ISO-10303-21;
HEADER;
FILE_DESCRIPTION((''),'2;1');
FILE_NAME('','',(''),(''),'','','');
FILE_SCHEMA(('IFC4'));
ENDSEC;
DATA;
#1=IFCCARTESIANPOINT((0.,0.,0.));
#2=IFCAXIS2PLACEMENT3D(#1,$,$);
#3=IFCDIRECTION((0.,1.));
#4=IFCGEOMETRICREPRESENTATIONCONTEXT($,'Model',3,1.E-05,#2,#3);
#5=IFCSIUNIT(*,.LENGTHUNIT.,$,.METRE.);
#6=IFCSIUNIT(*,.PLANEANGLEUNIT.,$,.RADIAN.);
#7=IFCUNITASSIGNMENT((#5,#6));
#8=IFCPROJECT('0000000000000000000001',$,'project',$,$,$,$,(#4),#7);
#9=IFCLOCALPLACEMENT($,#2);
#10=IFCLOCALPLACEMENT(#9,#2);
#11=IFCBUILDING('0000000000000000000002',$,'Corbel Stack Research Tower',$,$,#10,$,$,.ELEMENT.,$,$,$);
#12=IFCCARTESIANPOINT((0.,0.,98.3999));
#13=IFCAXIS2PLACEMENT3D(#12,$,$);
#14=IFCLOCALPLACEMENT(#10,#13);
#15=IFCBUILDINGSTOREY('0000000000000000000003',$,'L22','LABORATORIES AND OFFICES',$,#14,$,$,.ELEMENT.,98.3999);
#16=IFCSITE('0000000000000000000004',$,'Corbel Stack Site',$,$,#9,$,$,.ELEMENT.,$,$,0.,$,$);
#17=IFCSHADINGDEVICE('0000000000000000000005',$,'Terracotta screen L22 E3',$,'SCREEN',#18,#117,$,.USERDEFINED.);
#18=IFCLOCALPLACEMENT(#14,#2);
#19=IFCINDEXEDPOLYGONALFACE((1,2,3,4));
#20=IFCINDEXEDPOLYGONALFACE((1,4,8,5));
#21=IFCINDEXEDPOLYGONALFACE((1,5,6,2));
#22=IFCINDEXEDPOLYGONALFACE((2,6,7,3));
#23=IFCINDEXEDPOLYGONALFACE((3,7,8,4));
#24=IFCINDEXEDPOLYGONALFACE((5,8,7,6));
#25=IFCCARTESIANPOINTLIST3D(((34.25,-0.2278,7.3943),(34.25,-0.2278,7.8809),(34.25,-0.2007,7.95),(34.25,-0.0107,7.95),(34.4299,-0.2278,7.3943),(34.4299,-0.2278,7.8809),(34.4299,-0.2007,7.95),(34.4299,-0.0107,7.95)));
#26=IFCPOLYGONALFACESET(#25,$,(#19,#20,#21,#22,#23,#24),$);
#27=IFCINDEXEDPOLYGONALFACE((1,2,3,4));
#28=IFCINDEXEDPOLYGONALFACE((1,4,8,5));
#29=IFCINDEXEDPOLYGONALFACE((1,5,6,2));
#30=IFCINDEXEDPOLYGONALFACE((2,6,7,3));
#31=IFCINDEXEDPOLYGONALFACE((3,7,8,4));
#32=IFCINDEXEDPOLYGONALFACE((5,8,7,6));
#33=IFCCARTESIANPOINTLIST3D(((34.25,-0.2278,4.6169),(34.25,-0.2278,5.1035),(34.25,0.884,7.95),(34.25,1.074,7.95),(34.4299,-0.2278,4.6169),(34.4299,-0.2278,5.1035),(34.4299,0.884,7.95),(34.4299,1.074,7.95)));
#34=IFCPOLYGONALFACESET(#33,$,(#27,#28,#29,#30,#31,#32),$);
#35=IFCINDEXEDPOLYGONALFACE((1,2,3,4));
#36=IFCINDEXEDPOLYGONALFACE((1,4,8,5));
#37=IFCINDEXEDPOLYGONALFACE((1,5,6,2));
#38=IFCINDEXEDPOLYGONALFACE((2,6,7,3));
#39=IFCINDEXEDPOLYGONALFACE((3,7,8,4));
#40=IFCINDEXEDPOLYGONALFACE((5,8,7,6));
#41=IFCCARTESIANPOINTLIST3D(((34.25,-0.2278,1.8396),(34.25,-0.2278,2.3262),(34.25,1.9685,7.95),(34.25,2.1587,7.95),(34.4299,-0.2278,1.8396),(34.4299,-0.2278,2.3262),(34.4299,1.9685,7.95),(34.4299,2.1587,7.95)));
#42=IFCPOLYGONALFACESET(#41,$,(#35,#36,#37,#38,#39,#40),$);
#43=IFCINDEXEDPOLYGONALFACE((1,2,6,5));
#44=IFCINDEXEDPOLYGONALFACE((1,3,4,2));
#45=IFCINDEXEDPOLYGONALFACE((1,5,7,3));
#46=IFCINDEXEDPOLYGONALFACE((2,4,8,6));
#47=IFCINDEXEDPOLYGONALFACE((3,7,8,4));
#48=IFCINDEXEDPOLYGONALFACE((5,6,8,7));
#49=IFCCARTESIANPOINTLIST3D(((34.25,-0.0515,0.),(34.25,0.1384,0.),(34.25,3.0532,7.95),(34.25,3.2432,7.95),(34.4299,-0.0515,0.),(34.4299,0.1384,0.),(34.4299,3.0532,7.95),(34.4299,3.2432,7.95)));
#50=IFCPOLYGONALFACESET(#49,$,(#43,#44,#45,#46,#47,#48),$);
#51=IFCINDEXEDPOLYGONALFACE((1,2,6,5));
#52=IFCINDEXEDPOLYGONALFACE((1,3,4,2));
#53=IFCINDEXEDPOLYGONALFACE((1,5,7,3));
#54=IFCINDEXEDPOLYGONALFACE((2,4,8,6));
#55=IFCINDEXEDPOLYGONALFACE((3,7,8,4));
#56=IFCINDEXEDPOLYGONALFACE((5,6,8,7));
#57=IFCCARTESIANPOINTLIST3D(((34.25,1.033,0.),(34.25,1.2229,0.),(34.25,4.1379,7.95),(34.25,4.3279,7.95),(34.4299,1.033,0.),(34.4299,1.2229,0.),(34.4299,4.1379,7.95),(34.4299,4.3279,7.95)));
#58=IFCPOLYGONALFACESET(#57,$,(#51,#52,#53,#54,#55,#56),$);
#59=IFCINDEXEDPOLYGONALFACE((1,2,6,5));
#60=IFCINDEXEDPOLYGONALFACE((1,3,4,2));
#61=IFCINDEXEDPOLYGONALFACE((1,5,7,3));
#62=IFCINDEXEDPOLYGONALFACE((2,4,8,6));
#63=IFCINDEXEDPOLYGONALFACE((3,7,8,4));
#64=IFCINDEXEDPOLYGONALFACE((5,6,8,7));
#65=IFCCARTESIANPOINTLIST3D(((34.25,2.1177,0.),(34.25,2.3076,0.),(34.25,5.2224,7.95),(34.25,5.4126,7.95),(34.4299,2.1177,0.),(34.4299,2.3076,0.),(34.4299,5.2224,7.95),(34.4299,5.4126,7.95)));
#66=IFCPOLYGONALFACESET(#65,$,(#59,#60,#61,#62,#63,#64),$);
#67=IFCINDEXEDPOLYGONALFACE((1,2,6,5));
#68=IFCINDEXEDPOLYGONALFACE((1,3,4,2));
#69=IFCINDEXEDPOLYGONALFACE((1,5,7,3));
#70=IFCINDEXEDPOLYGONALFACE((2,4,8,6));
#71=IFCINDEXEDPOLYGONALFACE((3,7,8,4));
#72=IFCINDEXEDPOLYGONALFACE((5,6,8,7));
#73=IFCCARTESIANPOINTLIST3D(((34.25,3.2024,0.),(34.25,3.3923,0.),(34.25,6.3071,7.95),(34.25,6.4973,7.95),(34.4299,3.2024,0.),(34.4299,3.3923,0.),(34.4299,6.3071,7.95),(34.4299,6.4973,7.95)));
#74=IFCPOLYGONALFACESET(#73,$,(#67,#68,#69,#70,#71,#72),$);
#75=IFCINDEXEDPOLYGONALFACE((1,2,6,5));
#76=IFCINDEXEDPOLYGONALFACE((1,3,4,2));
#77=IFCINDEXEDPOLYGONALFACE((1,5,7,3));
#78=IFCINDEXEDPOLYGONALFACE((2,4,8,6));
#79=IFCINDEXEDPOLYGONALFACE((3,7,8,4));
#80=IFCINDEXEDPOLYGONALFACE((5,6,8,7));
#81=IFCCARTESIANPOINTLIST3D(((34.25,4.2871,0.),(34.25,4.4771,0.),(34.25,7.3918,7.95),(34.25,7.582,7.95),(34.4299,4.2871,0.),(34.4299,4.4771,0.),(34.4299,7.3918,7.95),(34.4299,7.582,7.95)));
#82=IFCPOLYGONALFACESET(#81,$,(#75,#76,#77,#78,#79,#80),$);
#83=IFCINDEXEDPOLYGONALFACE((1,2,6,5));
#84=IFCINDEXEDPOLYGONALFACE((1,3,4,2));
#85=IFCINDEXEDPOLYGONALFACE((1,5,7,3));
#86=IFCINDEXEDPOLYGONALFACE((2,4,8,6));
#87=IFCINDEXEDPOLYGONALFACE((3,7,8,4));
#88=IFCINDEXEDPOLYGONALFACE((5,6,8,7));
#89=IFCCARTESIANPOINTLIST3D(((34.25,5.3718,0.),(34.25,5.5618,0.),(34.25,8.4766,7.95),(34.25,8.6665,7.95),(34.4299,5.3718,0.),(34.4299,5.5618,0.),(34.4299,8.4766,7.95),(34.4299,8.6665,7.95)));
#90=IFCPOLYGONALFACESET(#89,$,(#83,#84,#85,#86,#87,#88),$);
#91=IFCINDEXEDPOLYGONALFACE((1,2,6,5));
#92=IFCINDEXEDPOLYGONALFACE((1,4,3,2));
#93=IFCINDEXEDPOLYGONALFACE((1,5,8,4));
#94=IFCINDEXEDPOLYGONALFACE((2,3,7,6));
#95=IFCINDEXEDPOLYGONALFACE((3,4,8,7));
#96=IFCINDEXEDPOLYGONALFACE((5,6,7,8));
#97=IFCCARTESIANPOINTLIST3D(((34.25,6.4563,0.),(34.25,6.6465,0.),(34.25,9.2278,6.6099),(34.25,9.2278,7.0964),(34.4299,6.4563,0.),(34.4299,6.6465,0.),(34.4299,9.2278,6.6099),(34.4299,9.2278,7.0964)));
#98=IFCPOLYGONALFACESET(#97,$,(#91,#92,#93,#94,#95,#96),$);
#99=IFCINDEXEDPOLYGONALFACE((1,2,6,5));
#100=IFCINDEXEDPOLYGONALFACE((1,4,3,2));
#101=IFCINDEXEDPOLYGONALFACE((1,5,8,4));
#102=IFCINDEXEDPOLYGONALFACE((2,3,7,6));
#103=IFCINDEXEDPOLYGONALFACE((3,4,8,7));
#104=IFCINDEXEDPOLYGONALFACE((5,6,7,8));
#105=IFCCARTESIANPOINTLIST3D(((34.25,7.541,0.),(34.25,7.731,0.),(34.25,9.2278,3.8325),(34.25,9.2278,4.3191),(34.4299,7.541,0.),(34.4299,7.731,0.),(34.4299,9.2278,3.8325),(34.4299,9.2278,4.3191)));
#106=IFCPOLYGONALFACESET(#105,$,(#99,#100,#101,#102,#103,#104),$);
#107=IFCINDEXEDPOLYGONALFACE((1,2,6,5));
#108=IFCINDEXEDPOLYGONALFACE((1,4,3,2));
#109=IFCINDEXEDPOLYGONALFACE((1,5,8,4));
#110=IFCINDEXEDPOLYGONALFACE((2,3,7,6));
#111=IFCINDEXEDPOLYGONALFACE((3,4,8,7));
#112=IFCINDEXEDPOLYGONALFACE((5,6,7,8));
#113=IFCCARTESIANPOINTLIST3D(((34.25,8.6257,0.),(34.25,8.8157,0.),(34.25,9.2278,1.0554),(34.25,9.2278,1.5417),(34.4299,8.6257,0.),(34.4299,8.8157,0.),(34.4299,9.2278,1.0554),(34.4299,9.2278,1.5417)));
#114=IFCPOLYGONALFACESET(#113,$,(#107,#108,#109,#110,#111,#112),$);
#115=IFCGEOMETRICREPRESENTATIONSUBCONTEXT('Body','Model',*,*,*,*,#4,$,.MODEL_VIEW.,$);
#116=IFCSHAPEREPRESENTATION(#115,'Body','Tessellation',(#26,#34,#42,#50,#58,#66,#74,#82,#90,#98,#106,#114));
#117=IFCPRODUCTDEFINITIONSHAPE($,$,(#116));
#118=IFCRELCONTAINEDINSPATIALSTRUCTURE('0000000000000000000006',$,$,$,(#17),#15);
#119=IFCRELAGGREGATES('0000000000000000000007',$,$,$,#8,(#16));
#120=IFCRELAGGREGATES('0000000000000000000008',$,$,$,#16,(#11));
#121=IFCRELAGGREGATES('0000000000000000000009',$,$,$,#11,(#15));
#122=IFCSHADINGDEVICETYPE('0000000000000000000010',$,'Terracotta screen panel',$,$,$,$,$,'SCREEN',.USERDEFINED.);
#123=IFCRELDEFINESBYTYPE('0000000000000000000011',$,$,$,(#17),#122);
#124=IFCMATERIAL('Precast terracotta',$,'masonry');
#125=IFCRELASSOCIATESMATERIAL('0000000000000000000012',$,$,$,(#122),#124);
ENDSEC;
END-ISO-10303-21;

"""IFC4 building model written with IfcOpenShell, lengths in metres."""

from ifc_helpers import new_model, si_unit, direction, frame, origin, place, context, subcontext, project, spatial, polyline, outline, extrude, source, transform, mapped, material, type_object, element, save


model = new_model("IFC4")

# Units and contexts
model_context = context("Model", 3, precision=1e-05, world=origin(), true_north=direction((0.0, 1.0)))
body_context = subcontext(model_context, "Body", "Model", "MODEL_VIEW")
ifc_project = project(units=[si_unit("LENGTHUNIT", "METRE"), si_unit("PLANEANGLEUNIT", "RADIAN")], contexts=[model_context])

# Site, building, storey
site_placement = place(None, origin())
site = spatial("IfcSite", under=ifc_project, at=site_placement, Name="Corbel Stack Site", CompositionType="ELEMENT", RefElevation=0.0)
building_placement = place(site_placement, origin())
building = spatial("IfcBuilding", under=site, at=building_placement, Name="Corbel Stack Research Tower", CompositionType="ELEMENT")
storey_placement = place(building_placement, frame((0.0, 0.0, 98.3999)))
storey = spatial("IfcBuildingStorey", under=building, at=storey_placement, Name="L22", Description="LABORATORIES AND OFFICES", CompositionType="ELEMENT", Elevation=98.3999)

# Shading device
ifc_material_1 = material(Name="Precast terracotta", Category="masonry")
shading_device_type = type_object("IfcShadingDeviceType", Name="Terracotta screen panel", ElementType="SCREEN", PredefinedType="USERDEFINED", material=ifc_material_1)
shared_shape_1 = source(origin(), body_context, "Body", "SweptSolid", [
    extrude(outline(polyline([(0.217, 7.95), (0.0271, 7.95), (0.0, 7.8809), (0.0, 7.3943), (0.217, 7.95)])), frame((0.0, 0.0, 0.0), z_axis=(0.0, -1.0, 0.0), x_axis=(1.0, 0.0, 0.0)), (0.0, 0.0, 1.0), 0.1799),
    extrude(outline(polyline([(1.3018, 7.95), (1.1118, 7.95), (0.0, 5.1035), (0.0, 4.6169), (1.3018, 7.95)])), frame((0.0, 0.0, 0.0), z_axis=(0.0, -1.0, 0.0), x_axis=(1.0, 0.0, 0.0)), (0.0, 0.0, 1.0), 0.1799),
    extrude(outline(polyline([(2.3865, 7.95), (2.1963, 7.95), (0.0, 2.3262), (0.0, 1.8396), (2.3865, 7.95)])), frame((0.0, 0.0, 0.0), z_axis=(0.0, -1.0, 0.0), x_axis=(1.0, 0.0, 0.0)), (0.0, 0.0, 1.0), 0.1799),
    extrude(outline(polyline([(0.3662, 0.0), (3.4709, 7.95), (3.281, 7.95), (0.1763, 0.0), (0.3662, 0.0)])), frame((0.0, 0.0, 0.0), z_axis=(0.0, -1.0, 0.0), x_axis=(1.0, 0.0, 0.0)), (0.0, 0.0, 1.0), 0.1799),
    extrude(outline(polyline([(1.4507, 0.0), (4.5557, 7.95), (4.3657, 7.95), (1.2607, 0.0), (1.4507, 0.0)])), frame((0.0, 0.0, 0.0), z_axis=(0.0, -1.0, 0.0), x_axis=(1.0, 0.0, 0.0)), (0.0, 0.0, 1.0), 0.1799),
    extrude(outline(polyline([(2.5354, 0.0), (5.6404, 7.95), (5.4502, 7.95), (2.3455, 0.0), (2.5354, 0.0)])), frame((0.0, 0.0, 0.0), z_axis=(0.0, -1.0, 0.0), x_axis=(1.0, 0.0, 0.0)), (0.0, 0.0, 1.0), 0.1799),
    extrude(outline(polyline([(3.6201, 0.0), (6.7251, 7.95), (6.5349, 7.95), (3.4302, 0.0), (3.6201, 0.0)])), frame((0.0, 0.0, 0.0), z_axis=(0.0, -1.0, 0.0), x_axis=(1.0, 0.0, 0.0)), (0.0, 0.0, 1.0), 0.1799),
    extrude(outline(polyline([(4.7048, 0.0), (7.8098, 7.95), (7.6196, 7.95), (4.5149, 0.0), (4.7048, 0.0)])), frame((0.0, 0.0, 0.0), z_axis=(0.0, -1.0, 0.0), x_axis=(1.0, 0.0, 0.0)), (0.0, 0.0, 1.0), 0.1799),
    extrude(outline(polyline([(5.7896, 0.0), (8.8943, 7.95), (8.7043, 7.95), (5.5996, 0.0), (5.7896, 0.0)])), frame((0.0, 0.0, 0.0), z_axis=(0.0, -1.0, 0.0), x_axis=(1.0, 0.0, 0.0)), (0.0, 0.0, 1.0), 0.1799),
    extrude(outline(polyline([(6.8743, 0.0), (9.4556, 6.6099), (9.4556, 7.0964), (6.6841, 0.0), (6.8743, 0.0)])), frame((0.0, 0.0, 0.0), z_axis=(0.0, -1.0, 0.0), x_axis=(1.0, 0.0, 0.0)), (0.0, 0.0, 1.0), 0.1799),
    extrude(outline(polyline([(7.9587, 0.0), (9.4556, 3.8325), (9.4556, 4.3191), (7.7688, 0.0), (7.9587, 0.0)])), frame((0.0, 0.0, 0.0), z_axis=(0.0, -1.0, 0.0), x_axis=(1.0, 0.0, 0.0)), (0.0, 0.0, 1.0), 0.1799),
    extrude(outline(polyline([(9.0435, 0.0), (9.4556, 1.0554), (9.4556, 1.5417), (8.8535, 0.0), (9.0435, 0.0)])), frame((0.0, 0.0, 0.0), z_axis=(0.0, -1.0, 0.0), x_axis=(1.0, 0.0, 0.0)), (0.0, 0.0, 1.0), 0.1799),
])
shading_device_1_placement = place(storey_placement, frame((34.25, -0.2278, 0.0), z_axis=(0.0, 0.0, 1.0), x_axis=(0.0, 1.0, 0.0)))
element("IfcShadingDevice", 1, at=shading_device_1_placement, inside=storey, type_object=shading_device_type, Name="Terracotta screen L22 E3", ObjectType="SCREEN", PredefinedType="USERDEFINED", context=body_context, shape_type="MappedRepresentation", body=[
    mapped(shared_shape_1, transform((0.0, 0.0, 0.0))),
])

save(model, "model.ifc")
